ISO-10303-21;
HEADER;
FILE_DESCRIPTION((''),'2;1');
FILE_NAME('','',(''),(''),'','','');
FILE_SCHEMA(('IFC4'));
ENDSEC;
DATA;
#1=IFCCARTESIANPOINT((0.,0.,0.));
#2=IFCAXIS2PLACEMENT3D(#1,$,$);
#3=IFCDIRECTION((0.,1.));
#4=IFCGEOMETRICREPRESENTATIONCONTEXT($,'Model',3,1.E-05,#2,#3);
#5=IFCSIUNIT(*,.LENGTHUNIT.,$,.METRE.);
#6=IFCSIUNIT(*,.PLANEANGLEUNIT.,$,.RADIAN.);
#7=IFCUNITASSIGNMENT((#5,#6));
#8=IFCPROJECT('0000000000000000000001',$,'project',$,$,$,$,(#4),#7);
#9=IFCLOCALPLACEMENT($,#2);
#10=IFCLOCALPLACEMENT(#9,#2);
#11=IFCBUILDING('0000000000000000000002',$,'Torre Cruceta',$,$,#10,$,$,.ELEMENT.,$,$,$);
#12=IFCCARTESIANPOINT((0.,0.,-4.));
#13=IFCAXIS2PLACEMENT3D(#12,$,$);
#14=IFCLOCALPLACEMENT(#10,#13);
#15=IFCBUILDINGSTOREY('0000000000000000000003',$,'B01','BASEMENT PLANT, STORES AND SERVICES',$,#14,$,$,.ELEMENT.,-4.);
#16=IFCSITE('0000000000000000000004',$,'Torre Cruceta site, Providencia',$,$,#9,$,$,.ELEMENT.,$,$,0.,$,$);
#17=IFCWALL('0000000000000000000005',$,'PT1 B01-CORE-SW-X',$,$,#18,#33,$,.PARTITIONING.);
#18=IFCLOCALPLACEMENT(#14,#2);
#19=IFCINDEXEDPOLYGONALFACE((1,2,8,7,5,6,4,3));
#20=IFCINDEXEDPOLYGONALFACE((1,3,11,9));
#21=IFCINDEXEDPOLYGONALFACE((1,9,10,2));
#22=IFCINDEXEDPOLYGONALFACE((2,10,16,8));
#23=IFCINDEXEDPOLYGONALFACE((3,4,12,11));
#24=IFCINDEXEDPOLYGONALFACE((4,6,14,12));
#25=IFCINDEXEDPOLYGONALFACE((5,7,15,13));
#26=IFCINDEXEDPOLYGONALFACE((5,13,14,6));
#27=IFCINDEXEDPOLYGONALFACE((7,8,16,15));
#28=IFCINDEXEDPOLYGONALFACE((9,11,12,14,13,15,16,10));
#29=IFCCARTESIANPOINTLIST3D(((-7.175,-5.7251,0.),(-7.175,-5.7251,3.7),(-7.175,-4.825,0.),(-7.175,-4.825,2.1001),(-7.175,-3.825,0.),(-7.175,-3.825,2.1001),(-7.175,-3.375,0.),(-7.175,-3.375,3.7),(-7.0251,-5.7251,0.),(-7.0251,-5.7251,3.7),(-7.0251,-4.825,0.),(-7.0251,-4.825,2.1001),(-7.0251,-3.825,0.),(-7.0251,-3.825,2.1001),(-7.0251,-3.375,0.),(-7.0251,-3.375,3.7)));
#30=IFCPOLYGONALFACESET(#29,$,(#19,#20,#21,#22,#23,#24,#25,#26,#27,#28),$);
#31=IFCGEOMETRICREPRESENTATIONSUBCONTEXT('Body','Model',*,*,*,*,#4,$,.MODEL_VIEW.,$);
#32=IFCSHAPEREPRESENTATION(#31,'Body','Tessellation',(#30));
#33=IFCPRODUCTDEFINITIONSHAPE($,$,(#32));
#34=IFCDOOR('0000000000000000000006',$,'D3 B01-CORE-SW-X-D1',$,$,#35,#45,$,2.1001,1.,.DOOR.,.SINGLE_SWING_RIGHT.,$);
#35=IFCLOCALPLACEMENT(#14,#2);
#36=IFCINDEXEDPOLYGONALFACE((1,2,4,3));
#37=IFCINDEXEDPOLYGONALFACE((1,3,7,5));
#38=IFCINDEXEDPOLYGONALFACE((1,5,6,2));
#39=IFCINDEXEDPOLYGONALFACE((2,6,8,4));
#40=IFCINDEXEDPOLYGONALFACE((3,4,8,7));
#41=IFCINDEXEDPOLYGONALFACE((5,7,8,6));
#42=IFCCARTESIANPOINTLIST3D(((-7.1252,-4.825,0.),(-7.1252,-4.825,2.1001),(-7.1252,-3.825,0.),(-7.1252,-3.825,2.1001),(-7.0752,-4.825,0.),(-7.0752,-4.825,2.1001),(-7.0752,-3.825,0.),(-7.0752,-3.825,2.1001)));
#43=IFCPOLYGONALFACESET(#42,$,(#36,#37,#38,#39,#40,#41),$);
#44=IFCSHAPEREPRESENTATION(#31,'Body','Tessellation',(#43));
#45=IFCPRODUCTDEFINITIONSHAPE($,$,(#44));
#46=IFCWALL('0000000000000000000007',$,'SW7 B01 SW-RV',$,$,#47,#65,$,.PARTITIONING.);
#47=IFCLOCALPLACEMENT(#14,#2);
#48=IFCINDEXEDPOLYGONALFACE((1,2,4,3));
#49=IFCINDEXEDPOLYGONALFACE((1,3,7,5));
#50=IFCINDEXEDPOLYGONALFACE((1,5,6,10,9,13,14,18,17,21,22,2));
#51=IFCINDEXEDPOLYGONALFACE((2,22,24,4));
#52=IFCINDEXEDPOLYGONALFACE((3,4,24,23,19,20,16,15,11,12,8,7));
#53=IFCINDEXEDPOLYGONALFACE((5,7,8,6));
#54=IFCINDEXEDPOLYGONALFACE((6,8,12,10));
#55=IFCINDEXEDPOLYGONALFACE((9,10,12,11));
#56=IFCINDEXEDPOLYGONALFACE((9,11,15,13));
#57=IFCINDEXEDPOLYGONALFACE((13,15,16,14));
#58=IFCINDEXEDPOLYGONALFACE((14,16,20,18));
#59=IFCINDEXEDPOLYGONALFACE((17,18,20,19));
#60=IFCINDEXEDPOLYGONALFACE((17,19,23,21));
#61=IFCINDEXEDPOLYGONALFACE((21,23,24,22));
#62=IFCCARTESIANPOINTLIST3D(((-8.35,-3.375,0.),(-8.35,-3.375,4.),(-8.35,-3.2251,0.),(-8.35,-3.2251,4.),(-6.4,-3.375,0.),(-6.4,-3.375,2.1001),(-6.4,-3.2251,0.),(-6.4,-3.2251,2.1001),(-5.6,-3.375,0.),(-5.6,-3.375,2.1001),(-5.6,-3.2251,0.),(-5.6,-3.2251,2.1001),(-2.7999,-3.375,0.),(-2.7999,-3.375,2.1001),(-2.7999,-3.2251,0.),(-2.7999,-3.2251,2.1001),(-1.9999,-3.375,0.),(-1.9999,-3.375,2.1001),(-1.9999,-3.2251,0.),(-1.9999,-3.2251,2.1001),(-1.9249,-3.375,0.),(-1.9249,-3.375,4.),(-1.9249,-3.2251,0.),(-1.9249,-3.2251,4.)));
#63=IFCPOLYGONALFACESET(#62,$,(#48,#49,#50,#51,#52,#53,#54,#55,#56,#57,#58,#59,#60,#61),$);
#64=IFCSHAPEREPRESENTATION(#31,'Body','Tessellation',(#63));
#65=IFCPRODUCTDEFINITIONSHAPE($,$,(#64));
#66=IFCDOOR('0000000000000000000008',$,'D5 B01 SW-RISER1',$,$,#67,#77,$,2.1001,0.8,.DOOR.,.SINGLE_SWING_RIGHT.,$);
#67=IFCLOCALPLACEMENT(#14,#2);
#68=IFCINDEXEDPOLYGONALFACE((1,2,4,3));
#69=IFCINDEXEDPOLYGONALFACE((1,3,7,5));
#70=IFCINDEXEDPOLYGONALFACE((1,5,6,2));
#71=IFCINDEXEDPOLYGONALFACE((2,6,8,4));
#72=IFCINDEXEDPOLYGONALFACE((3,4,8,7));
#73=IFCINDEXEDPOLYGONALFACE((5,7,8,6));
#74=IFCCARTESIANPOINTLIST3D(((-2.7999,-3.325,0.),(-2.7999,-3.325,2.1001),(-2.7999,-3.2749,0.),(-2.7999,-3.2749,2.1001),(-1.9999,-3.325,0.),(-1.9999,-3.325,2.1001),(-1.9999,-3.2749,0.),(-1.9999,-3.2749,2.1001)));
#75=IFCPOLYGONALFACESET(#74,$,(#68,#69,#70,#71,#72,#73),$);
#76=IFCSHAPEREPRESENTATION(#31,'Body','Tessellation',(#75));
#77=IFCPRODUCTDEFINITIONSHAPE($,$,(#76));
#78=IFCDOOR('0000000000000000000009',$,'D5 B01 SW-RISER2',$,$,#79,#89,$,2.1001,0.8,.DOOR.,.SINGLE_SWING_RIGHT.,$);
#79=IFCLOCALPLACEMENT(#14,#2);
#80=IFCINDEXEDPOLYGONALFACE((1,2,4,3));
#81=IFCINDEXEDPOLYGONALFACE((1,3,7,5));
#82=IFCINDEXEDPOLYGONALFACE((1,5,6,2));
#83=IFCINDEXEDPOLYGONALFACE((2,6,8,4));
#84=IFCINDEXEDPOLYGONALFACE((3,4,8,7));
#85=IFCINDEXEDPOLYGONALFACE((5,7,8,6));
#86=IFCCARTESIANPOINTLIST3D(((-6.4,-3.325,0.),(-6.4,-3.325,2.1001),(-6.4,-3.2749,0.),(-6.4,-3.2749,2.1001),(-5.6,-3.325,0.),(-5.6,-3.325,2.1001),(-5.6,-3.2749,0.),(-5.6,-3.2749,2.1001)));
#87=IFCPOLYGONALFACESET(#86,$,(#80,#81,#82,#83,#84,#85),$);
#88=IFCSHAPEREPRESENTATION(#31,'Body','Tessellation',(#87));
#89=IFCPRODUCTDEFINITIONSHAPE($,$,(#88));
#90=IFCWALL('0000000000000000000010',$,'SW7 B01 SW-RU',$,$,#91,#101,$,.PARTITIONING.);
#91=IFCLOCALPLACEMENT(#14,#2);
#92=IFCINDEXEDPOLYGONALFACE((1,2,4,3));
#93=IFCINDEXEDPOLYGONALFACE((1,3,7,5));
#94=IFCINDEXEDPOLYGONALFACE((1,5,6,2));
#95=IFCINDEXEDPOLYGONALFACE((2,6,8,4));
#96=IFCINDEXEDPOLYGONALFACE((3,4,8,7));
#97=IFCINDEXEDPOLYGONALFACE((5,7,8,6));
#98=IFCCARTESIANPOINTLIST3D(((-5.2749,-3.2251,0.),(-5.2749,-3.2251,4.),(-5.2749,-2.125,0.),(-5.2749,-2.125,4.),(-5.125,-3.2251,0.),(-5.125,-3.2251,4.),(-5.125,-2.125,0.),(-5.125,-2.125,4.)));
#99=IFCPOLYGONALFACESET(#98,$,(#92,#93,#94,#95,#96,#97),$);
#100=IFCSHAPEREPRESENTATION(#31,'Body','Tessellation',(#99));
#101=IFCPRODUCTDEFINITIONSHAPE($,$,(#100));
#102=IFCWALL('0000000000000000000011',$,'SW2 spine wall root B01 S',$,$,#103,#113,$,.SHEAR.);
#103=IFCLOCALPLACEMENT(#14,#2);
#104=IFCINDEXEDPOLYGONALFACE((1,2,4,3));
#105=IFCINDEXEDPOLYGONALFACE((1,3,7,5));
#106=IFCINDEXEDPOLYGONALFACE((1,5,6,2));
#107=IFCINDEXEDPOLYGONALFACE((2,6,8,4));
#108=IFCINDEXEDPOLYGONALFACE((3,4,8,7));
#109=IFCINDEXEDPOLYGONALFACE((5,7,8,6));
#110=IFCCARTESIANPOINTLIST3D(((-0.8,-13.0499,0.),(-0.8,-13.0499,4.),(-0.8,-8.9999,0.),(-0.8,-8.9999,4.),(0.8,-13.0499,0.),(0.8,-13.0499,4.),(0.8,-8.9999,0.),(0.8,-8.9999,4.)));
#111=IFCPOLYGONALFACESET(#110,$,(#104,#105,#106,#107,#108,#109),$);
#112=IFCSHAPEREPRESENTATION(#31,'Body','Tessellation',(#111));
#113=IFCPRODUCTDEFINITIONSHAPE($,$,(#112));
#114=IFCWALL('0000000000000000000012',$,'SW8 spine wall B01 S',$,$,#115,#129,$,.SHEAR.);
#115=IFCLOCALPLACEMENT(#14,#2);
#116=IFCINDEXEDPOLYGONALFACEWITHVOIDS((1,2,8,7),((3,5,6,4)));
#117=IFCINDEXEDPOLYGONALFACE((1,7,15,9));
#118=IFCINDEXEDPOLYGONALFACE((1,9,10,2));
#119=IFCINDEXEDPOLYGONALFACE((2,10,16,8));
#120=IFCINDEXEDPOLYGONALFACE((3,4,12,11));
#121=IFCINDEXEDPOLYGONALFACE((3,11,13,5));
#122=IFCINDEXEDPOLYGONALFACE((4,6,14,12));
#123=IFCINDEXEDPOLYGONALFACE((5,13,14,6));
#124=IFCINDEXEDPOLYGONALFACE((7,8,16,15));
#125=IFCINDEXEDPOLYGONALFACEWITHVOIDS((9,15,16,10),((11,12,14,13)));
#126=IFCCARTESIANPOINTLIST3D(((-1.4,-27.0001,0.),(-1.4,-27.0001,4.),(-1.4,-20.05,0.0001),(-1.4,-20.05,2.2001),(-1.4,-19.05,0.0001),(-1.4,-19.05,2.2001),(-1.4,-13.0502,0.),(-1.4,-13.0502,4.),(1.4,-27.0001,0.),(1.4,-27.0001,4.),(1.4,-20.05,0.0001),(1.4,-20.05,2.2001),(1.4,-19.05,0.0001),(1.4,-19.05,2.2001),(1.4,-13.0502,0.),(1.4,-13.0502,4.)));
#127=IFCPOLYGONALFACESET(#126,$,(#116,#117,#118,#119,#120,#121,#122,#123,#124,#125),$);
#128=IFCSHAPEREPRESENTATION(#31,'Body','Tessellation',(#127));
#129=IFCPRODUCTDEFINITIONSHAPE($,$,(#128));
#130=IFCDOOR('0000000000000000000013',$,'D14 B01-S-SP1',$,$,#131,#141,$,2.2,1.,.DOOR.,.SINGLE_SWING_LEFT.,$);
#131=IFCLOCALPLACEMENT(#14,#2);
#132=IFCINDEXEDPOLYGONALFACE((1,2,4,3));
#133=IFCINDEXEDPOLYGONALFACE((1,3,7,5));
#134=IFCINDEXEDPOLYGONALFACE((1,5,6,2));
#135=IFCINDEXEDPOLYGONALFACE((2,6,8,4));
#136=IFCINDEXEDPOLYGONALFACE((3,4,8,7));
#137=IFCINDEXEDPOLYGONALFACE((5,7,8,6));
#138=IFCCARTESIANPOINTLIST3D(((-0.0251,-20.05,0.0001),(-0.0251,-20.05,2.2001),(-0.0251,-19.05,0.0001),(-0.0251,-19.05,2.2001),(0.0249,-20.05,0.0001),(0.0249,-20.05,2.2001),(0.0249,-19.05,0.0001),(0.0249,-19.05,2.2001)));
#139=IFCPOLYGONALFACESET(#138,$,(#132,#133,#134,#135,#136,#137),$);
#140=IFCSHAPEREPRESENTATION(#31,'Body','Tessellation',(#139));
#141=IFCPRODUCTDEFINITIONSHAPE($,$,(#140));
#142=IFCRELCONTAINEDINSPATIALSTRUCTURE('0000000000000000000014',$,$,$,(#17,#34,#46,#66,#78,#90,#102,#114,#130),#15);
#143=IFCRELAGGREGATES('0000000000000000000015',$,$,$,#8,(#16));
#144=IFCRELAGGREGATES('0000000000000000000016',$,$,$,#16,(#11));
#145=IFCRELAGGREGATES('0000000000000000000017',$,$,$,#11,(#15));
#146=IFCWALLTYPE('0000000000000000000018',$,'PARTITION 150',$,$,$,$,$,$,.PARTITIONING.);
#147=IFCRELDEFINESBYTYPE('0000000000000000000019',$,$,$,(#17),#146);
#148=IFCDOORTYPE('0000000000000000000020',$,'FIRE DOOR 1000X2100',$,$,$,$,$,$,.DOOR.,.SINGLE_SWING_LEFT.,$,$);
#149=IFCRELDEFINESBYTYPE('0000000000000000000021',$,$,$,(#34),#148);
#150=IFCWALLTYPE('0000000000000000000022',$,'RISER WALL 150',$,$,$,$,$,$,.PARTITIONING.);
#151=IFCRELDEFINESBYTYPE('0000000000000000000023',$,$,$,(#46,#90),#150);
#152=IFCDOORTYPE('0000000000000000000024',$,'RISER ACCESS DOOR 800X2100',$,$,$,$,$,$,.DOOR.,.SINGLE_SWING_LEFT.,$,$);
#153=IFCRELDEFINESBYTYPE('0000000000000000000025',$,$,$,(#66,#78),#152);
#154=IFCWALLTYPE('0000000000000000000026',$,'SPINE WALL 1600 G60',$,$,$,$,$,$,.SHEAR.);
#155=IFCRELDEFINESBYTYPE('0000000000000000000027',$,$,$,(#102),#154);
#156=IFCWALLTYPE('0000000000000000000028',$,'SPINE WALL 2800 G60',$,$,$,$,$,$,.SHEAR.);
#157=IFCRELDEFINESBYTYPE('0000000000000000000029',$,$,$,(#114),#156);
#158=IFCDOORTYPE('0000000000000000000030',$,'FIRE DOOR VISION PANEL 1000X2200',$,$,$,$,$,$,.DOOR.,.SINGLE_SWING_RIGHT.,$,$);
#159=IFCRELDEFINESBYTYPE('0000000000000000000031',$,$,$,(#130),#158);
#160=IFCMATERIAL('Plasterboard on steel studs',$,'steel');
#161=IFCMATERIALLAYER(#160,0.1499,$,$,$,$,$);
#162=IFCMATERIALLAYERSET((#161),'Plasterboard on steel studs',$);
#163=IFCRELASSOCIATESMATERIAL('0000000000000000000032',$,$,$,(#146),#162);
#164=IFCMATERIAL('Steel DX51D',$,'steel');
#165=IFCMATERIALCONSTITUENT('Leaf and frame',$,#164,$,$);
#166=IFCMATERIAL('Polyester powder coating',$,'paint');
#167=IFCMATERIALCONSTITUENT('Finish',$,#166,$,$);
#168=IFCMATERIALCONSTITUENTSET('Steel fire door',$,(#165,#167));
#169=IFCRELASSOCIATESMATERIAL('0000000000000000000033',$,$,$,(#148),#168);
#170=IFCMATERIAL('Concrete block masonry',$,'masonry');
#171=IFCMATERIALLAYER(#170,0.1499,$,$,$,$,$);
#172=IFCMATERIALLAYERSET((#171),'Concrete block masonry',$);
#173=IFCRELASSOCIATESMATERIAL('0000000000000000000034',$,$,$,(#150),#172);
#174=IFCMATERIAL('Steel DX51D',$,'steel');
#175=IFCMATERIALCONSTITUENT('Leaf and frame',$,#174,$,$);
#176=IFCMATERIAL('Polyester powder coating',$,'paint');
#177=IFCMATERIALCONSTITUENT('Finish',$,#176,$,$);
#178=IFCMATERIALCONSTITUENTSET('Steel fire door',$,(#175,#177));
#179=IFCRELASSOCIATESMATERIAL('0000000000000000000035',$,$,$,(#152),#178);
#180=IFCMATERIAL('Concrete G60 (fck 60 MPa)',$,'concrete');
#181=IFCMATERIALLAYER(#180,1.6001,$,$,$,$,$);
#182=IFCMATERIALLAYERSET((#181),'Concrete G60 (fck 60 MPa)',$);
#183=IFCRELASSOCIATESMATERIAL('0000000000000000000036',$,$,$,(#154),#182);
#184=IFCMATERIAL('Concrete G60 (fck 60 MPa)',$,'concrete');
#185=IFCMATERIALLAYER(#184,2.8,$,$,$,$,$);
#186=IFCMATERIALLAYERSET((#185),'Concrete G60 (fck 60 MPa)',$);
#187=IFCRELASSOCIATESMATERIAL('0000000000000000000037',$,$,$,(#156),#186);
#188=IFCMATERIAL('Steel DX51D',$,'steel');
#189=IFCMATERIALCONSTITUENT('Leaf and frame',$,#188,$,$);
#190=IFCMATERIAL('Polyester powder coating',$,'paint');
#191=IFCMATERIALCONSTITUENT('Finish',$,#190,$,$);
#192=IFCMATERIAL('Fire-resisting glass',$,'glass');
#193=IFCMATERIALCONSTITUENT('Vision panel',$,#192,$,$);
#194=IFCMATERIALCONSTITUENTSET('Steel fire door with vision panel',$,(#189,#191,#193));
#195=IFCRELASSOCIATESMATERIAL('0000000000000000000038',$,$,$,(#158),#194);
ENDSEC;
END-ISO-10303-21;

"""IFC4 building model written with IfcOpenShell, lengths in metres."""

from ifc_helpers import new_model, si_unit, direction, frame, frame_2d, origin, place, context, subcontext, project, spatial, rectangle, extrude, material, layer, layer_set, constituent, constituent_set, type_object, element, fill, save


model = new_model("IFC4")

# Units and contexts
model_context = context("Model", 3, precision=1e-05, world=origin(), true_north=direction((0.0, 1.0)))
body_context = subcontext(model_context, "Body", "Model", "MODEL_VIEW")
ifc_project = project(units=[si_unit("LENGTHUNIT", "METRE"), si_unit("PLANEANGLEUNIT", "RADIAN")], contexts=[model_context])

# Site, building, storey
site_placement = place(None, origin())
site = spatial("IfcSite", under=ifc_project, at=site_placement, Name="Torre Cruceta site, Providencia", CompositionType="ELEMENT", RefElevation=0.0)
building_placement = place(site_placement, origin())
building = spatial("IfcBuilding", under=site, at=building_placement, Name="Torre Cruceta", CompositionType="ELEMENT")
storey_placement = place(building_placement, frame((0.0, 0.0, -4.0)))
storey = spatial("IfcBuildingStorey", under=building, at=storey_placement, Name="B01", Description="BASEMENT PLANT, STORES AND SERVICES", CompositionType="ELEMENT", Elevation=-4.0)

# Wall, opening, door
ifc_material_1 = material(Name="Plasterboard on steel studs", Category="steel")
ifc_layer_1 = layer(ifc_material_1, 0.1499)
ifc_layer_set_1 = layer_set([ifc_layer_1], Name="Plasterboard on steel studs")
wall_type_1 = type_object("IfcWallType", Name="PARTITION 150", PredefinedType="PARTITIONING", material=ifc_layer_set_1)
wall_1_placement = place(storey_placement, frame((-7.1001, -3.375, 0.0), z_axis=(0.0, 0.0, 1.0), x_axis=(0.0, -1.0, 0.0)))
wall_1 = element("IfcWall", 1, at=wall_1_placement, inside=storey, type_object=wall_type_1, Name="PT1 B01-CORE-SW-X", PredefinedType="PARTITIONING", context=body_context, shape_type="SweptSolid", body=[
    extrude(rectangle(XDim=2.3501, YDim=0.1499, at=frame_2d((1.175, 0.0))), origin(), (0.0, 0.0, 1.0), 3.7),
])
opening_1_placement = place(wall_1_placement, frame((0.45, 0.0, 0.0)))
opening_1 = element("IfcOpeningElement", 2, at=opening_1_placement, cuts=wall_1, PredefinedType="OPENING", context=body_context, shape_type="SweptSolid", body=[
    extrude(rectangle(XDim=1.0, YDim=2.1001, at=frame_2d((0.5, 1.05))), frame((0.0, 0.085, 0.0), z_axis=(0.0, -1.0, 0.0), x_axis=(1.0, 0.0, 0.0)), (0.0, 0.0, 1.0), 0.1699),
])
ifc_material_2 = material(Name="Steel DX51D", Category="steel")
ifc_constituent_1 = constituent(ifc_material_2, Name="Leaf and frame")
ifc_material_3 = material(Name="Polyester powder coating", Category="paint")
ifc_constituent_2 = constituent(ifc_material_3, Name="Finish")
ifc_constituent_set_1 = constituent_set(constituents=[ifc_constituent_1, ifc_constituent_2], Name="Steel fire door")
door_type_1 = type_object("IfcDoorType", Name="FIRE DOOR 1000X2100", OperationType="SINGLE_SWING_LEFT", PredefinedType="DOOR", material=ifc_constituent_set_1)
door_1_placement = place(opening_1_placement, frame((1.0, 0.0, 0.0), z_axis=(0.0, 0.0, 1.0), x_axis=(-1.0, 0.0, 0.0)))
door_1 = element("IfcDoor", 3, at=door_1_placement, inside=storey, type_object=door_type_1, Name="D3 B01-CORE-SW-X-D1", OperationType="SINGLE_SWING_RIGHT", OverallHeight=2.1001, OverallWidth=1.0, PredefinedType="DOOR", context=body_context, shape_type="SweptSolid", body=[
    extrude(rectangle(XDim=1.0, YDim=2.1001, at=frame_2d((0.5, 1.05))), frame((0.0, 0.0251, 0.0), z_axis=(0.0, -1.0, 0.0), x_axis=(1.0, 0.0, 0.0)), (0.0, 0.0, 1.0), 0.05),
])
fill(opening_1, door_1)

# Wall, openings, doors
ifc_material_4 = material(Name="Concrete block masonry", Category="masonry")
ifc_layer_2 = layer(ifc_material_4, 0.1499)
ifc_layer_set_2 = layer_set([ifc_layer_2], Name="Concrete block masonry")
wall_type_2 = type_object("IfcWallType", Name="RISER WALL 150", PredefinedType="PARTITIONING", material=ifc_layer_set_2)
wall_2_placement = place(storey_placement, frame((-1.925, -3.3, 0.0), z_axis=(0.0, 0.0, 1.0), x_axis=(-1.0, 0.0, 0.0)))
wall_2 = element("IfcWall", 4, at=wall_2_placement, inside=storey, type_object=wall_type_2, Name="SW7 B01 SW-RV", PredefinedType="PARTITIONING", context=body_context, shape_type="SweptSolid", body=[
    extrude(rectangle(XDim=6.425, YDim=0.1499, at=frame_2d((3.2124, 0.0))), origin(), (0.0, 0.0, 1.0), 4.0),
])
opening_2_placement = place(wall_2_placement, frame((0.075, 0.0, 0.0)))
opening_2 = element("IfcOpeningElement", 5, at=opening_2_placement, cuts=wall_2, PredefinedType="OPENING", context=body_context, shape_type="SweptSolid", body=[
    extrude(rectangle(XDim=0.8, YDim=2.1001, at=frame_2d((0.3999, 1.05))), frame((0.0, 0.085, 0.0), z_axis=(0.0, -1.0, 0.0), x_axis=(1.0, 0.0, 0.0)), (0.0, 0.0, 1.0), 0.1699),
])
opening_3_placement = place(wall_2_placement, frame((3.675, 0.0, 0.0)))
opening_3 = element("IfcOpeningElement", 6, at=opening_3_placement, cuts=wall_2, PredefinedType="OPENING", context=body_context, shape_type="SweptSolid", body=[
    extrude(rectangle(XDim=0.8, YDim=2.1001, at=frame_2d((0.3999, 1.05))), frame((0.0, 0.085, 0.0), z_axis=(0.0, -1.0, 0.0), x_axis=(1.0, 0.0, 0.0)), (0.0, 0.0, 1.0), 0.1699),
])
ifc_material_5 = material(Name="Steel DX51D", Category="steel")
ifc_constituent_3 = constituent(ifc_material_5, Name="Leaf and frame")
ifc_material_6 = material(Name="Polyester powder coating", Category="paint")
ifc_constituent_4 = constituent(ifc_material_6, Name="Finish")
ifc_constituent_set_2 = constituent_set(constituents=[ifc_constituent_3, ifc_constituent_4], Name="Steel fire door")
door_type_2 = type_object("IfcDoorType", Name="RISER ACCESS DOOR 800X2100", OperationType="SINGLE_SWING_LEFT", PredefinedType="DOOR", material=ifc_constituent_set_2)
door_2_placement = place(opening_2_placement, frame((0.8, 0.0, 0.0), z_axis=(0.0, 0.0, 1.0), x_axis=(-1.0, 0.0, 0.0)))
door_2 = element("IfcDoor", 7, at=door_2_placement, inside=storey, type_object=door_type_2, Name="D5 B01 SW-RISER1", OperationType="SINGLE_SWING_RIGHT", OverallHeight=2.1001, OverallWidth=0.8, PredefinedType="DOOR", context=body_context, shape_type="SweptSolid", body=[
    extrude(rectangle(XDim=0.8, YDim=2.1001, at=frame_2d((0.4001, 1.05))), frame((0.0, 0.0251, 0.0), z_axis=(0.0, -1.0, 0.0), x_axis=(1.0, 0.0, 0.0)), (0.0, 0.0, 1.0), 0.05),
])
fill(opening_2, door_2)
door_3_placement = place(opening_3_placement, frame((0.8, 0.0, 0.0), z_axis=(0.0, 0.0, 1.0), x_axis=(-1.0, 0.0, 0.0)))
door_3 = element("IfcDoor", 8, at=door_3_placement, inside=storey, type_object=door_type_2, Name="D5 B01 SW-RISER2", OperationType="SINGLE_SWING_RIGHT", OverallHeight=2.1001, OverallWidth=0.8, PredefinedType="DOOR", context=body_context, shape_type="SweptSolid", body=[
    extrude(rectangle(XDim=0.8, YDim=2.1001, at=frame_2d((0.4001, 1.05))), frame((0.0, 0.0251, 0.0), z_axis=(0.0, -1.0, 0.0), x_axis=(1.0, 0.0, 0.0)), (0.0, 0.0, 1.0), 0.05),
])
fill(opening_3, door_3)

# Walls
wall_3_placement = place(storey_placement, frame((-5.2, -2.125, 0.0), z_axis=(0.0, 0.0, 1.0), x_axis=(0.0, -1.0, 0.0)))
element("IfcWall", 9, at=wall_3_placement, inside=storey, type_object=wall_type_2, Name="SW7 B01 SW-RU", PredefinedType="PARTITIONING", context=body_context, shape_type="SweptSolid", body=[
    extrude(rectangle(XDim=1.1001, YDim=0.1499, at=frame_2d((0.55, 0.0))), origin(), (0.0, 0.0, 1.0), 4.0),
])
ifc_material_7 = material(Name="Concrete G60 (fck 60 MPa)", Category="concrete")
ifc_layer_3 = layer(ifc_material_7, 1.6001)
ifc_layer_set_3 = layer_set([ifc_layer_3], Name="Concrete G60 (fck 60 MPa)")
wall_type_3 = type_object("IfcWallType", Name="SPINE WALL 1600 G60", PredefinedType="SHEAR", material=ifc_layer_set_3)
wall_4_placement = place(storey_placement, frame((0.0, -9.0, 0.0), z_axis=(0.0, 0.0, 1.0), x_axis=(0.0, -1.0, 0.0)))
element("IfcWall", 10, at=wall_4_placement, inside=storey, type_object=wall_type_3, Name="SW2 spine wall root B01 S", PredefinedType="SHEAR", context=body_context, shape_type="SweptSolid", body=[
    extrude(rectangle(XDim=4.05, YDim=1.6001, at=frame_2d((2.0249, 0.0))), origin(), (0.0, 0.0, 1.0), 4.0),
])

# Wall, opening, door
ifc_material_8 = material(Name="Concrete G60 (fck 60 MPa)", Category="concrete")
ifc_layer_4 = layer(ifc_material_8, 2.8)
ifc_layer_set_4 = layer_set([ifc_layer_4], Name="Concrete G60 (fck 60 MPa)")
wall_type_4 = type_object("IfcWallType", Name="SPINE WALL 2800 G60", PredefinedType="SHEAR", material=ifc_layer_set_4)
wall_5_placement = place(storey_placement, frame((0.0, -13.05, 0.0), z_axis=(0.0, 0.0, 1.0), x_axis=(0.0, -1.0, 0.0)))
wall_5 = element("IfcWall", 11, at=wall_5_placement, inside=storey, type_object=wall_type_4, Name="SW8 spine wall B01 S", PredefinedType="SHEAR", context=body_context, shape_type="SweptSolid", body=[
    extrude(rectangle(XDim=13.95, YDim=2.8, at=frame_2d((6.9751, 0.0))), origin(), (0.0, 0.0, 1.0), 4.0),
])
opening_4_placement = place(wall_5_placement, frame((6.0, 0.0, 0.0)))
opening_4 = element("IfcOpeningElement", 12, at=opening_4_placement, cuts=wall_5, PredefinedType="OPENING", context=body_context, shape_type="SweptSolid", body=[
    extrude(rectangle(XDim=1.0, YDim=2.2, at=frame_2d((0.5, 1.1001))), frame((0.0, 1.4099, 0.0), z_axis=(0.0, -1.0, 0.0), x_axis=(1.0, 0.0, 0.0)), (0.0, 0.0, 1.0), 2.8201),
])
ifc_material_9 = material(Name="Steel DX51D", Category="steel")
ifc_constituent_5 = constituent(ifc_material_9, Name="Leaf and frame")
ifc_material_10 = material(Name="Polyester powder coating", Category="paint")
ifc_constituent_6 = constituent(ifc_material_10, Name="Finish")
ifc_material_11 = material(Name="Fire-resisting glass", Category="glass")
ifc_constituent_7 = constituent(ifc_material_11, Name="Vision panel")
ifc_constituent_set_3 = constituent_set(constituents=[ifc_constituent_5, ifc_constituent_6, ifc_constituent_7], Name="Steel fire door with vision panel")
door_type_3 = type_object("IfcDoorType", Name="FIRE DOOR VISION PANEL 1000X2200", OperationType="SINGLE_SWING_RIGHT", PredefinedType="DOOR", material=ifc_constituent_set_3)
door_4_placement = place(opening_4_placement, frame((1.0, 0.0, 0.0), z_axis=(0.0, 0.0, 1.0), x_axis=(-1.0, 0.0, 0.0)))
door_4 = element("IfcDoor", 13, at=door_4_placement, inside=storey, type_object=door_type_3, Name="D14 B01-S-SP1", OperationType="SINGLE_SWING_LEFT", OverallHeight=2.2, OverallWidth=1.0, PredefinedType="DOOR", context=body_context, shape_type="SweptSolid", body=[
    extrude(rectangle(XDim=1.0, YDim=2.2, at=frame_2d((0.5, 1.1001))), frame((0.0, 0.0251, 0.0), z_axis=(0.0, -1.0, 0.0), x_axis=(1.0, 0.0, 0.0)), (0.0, 0.0, 1.0), 0.05),
])
fill(opening_4, door_4)

save(model, "model.ifc")
